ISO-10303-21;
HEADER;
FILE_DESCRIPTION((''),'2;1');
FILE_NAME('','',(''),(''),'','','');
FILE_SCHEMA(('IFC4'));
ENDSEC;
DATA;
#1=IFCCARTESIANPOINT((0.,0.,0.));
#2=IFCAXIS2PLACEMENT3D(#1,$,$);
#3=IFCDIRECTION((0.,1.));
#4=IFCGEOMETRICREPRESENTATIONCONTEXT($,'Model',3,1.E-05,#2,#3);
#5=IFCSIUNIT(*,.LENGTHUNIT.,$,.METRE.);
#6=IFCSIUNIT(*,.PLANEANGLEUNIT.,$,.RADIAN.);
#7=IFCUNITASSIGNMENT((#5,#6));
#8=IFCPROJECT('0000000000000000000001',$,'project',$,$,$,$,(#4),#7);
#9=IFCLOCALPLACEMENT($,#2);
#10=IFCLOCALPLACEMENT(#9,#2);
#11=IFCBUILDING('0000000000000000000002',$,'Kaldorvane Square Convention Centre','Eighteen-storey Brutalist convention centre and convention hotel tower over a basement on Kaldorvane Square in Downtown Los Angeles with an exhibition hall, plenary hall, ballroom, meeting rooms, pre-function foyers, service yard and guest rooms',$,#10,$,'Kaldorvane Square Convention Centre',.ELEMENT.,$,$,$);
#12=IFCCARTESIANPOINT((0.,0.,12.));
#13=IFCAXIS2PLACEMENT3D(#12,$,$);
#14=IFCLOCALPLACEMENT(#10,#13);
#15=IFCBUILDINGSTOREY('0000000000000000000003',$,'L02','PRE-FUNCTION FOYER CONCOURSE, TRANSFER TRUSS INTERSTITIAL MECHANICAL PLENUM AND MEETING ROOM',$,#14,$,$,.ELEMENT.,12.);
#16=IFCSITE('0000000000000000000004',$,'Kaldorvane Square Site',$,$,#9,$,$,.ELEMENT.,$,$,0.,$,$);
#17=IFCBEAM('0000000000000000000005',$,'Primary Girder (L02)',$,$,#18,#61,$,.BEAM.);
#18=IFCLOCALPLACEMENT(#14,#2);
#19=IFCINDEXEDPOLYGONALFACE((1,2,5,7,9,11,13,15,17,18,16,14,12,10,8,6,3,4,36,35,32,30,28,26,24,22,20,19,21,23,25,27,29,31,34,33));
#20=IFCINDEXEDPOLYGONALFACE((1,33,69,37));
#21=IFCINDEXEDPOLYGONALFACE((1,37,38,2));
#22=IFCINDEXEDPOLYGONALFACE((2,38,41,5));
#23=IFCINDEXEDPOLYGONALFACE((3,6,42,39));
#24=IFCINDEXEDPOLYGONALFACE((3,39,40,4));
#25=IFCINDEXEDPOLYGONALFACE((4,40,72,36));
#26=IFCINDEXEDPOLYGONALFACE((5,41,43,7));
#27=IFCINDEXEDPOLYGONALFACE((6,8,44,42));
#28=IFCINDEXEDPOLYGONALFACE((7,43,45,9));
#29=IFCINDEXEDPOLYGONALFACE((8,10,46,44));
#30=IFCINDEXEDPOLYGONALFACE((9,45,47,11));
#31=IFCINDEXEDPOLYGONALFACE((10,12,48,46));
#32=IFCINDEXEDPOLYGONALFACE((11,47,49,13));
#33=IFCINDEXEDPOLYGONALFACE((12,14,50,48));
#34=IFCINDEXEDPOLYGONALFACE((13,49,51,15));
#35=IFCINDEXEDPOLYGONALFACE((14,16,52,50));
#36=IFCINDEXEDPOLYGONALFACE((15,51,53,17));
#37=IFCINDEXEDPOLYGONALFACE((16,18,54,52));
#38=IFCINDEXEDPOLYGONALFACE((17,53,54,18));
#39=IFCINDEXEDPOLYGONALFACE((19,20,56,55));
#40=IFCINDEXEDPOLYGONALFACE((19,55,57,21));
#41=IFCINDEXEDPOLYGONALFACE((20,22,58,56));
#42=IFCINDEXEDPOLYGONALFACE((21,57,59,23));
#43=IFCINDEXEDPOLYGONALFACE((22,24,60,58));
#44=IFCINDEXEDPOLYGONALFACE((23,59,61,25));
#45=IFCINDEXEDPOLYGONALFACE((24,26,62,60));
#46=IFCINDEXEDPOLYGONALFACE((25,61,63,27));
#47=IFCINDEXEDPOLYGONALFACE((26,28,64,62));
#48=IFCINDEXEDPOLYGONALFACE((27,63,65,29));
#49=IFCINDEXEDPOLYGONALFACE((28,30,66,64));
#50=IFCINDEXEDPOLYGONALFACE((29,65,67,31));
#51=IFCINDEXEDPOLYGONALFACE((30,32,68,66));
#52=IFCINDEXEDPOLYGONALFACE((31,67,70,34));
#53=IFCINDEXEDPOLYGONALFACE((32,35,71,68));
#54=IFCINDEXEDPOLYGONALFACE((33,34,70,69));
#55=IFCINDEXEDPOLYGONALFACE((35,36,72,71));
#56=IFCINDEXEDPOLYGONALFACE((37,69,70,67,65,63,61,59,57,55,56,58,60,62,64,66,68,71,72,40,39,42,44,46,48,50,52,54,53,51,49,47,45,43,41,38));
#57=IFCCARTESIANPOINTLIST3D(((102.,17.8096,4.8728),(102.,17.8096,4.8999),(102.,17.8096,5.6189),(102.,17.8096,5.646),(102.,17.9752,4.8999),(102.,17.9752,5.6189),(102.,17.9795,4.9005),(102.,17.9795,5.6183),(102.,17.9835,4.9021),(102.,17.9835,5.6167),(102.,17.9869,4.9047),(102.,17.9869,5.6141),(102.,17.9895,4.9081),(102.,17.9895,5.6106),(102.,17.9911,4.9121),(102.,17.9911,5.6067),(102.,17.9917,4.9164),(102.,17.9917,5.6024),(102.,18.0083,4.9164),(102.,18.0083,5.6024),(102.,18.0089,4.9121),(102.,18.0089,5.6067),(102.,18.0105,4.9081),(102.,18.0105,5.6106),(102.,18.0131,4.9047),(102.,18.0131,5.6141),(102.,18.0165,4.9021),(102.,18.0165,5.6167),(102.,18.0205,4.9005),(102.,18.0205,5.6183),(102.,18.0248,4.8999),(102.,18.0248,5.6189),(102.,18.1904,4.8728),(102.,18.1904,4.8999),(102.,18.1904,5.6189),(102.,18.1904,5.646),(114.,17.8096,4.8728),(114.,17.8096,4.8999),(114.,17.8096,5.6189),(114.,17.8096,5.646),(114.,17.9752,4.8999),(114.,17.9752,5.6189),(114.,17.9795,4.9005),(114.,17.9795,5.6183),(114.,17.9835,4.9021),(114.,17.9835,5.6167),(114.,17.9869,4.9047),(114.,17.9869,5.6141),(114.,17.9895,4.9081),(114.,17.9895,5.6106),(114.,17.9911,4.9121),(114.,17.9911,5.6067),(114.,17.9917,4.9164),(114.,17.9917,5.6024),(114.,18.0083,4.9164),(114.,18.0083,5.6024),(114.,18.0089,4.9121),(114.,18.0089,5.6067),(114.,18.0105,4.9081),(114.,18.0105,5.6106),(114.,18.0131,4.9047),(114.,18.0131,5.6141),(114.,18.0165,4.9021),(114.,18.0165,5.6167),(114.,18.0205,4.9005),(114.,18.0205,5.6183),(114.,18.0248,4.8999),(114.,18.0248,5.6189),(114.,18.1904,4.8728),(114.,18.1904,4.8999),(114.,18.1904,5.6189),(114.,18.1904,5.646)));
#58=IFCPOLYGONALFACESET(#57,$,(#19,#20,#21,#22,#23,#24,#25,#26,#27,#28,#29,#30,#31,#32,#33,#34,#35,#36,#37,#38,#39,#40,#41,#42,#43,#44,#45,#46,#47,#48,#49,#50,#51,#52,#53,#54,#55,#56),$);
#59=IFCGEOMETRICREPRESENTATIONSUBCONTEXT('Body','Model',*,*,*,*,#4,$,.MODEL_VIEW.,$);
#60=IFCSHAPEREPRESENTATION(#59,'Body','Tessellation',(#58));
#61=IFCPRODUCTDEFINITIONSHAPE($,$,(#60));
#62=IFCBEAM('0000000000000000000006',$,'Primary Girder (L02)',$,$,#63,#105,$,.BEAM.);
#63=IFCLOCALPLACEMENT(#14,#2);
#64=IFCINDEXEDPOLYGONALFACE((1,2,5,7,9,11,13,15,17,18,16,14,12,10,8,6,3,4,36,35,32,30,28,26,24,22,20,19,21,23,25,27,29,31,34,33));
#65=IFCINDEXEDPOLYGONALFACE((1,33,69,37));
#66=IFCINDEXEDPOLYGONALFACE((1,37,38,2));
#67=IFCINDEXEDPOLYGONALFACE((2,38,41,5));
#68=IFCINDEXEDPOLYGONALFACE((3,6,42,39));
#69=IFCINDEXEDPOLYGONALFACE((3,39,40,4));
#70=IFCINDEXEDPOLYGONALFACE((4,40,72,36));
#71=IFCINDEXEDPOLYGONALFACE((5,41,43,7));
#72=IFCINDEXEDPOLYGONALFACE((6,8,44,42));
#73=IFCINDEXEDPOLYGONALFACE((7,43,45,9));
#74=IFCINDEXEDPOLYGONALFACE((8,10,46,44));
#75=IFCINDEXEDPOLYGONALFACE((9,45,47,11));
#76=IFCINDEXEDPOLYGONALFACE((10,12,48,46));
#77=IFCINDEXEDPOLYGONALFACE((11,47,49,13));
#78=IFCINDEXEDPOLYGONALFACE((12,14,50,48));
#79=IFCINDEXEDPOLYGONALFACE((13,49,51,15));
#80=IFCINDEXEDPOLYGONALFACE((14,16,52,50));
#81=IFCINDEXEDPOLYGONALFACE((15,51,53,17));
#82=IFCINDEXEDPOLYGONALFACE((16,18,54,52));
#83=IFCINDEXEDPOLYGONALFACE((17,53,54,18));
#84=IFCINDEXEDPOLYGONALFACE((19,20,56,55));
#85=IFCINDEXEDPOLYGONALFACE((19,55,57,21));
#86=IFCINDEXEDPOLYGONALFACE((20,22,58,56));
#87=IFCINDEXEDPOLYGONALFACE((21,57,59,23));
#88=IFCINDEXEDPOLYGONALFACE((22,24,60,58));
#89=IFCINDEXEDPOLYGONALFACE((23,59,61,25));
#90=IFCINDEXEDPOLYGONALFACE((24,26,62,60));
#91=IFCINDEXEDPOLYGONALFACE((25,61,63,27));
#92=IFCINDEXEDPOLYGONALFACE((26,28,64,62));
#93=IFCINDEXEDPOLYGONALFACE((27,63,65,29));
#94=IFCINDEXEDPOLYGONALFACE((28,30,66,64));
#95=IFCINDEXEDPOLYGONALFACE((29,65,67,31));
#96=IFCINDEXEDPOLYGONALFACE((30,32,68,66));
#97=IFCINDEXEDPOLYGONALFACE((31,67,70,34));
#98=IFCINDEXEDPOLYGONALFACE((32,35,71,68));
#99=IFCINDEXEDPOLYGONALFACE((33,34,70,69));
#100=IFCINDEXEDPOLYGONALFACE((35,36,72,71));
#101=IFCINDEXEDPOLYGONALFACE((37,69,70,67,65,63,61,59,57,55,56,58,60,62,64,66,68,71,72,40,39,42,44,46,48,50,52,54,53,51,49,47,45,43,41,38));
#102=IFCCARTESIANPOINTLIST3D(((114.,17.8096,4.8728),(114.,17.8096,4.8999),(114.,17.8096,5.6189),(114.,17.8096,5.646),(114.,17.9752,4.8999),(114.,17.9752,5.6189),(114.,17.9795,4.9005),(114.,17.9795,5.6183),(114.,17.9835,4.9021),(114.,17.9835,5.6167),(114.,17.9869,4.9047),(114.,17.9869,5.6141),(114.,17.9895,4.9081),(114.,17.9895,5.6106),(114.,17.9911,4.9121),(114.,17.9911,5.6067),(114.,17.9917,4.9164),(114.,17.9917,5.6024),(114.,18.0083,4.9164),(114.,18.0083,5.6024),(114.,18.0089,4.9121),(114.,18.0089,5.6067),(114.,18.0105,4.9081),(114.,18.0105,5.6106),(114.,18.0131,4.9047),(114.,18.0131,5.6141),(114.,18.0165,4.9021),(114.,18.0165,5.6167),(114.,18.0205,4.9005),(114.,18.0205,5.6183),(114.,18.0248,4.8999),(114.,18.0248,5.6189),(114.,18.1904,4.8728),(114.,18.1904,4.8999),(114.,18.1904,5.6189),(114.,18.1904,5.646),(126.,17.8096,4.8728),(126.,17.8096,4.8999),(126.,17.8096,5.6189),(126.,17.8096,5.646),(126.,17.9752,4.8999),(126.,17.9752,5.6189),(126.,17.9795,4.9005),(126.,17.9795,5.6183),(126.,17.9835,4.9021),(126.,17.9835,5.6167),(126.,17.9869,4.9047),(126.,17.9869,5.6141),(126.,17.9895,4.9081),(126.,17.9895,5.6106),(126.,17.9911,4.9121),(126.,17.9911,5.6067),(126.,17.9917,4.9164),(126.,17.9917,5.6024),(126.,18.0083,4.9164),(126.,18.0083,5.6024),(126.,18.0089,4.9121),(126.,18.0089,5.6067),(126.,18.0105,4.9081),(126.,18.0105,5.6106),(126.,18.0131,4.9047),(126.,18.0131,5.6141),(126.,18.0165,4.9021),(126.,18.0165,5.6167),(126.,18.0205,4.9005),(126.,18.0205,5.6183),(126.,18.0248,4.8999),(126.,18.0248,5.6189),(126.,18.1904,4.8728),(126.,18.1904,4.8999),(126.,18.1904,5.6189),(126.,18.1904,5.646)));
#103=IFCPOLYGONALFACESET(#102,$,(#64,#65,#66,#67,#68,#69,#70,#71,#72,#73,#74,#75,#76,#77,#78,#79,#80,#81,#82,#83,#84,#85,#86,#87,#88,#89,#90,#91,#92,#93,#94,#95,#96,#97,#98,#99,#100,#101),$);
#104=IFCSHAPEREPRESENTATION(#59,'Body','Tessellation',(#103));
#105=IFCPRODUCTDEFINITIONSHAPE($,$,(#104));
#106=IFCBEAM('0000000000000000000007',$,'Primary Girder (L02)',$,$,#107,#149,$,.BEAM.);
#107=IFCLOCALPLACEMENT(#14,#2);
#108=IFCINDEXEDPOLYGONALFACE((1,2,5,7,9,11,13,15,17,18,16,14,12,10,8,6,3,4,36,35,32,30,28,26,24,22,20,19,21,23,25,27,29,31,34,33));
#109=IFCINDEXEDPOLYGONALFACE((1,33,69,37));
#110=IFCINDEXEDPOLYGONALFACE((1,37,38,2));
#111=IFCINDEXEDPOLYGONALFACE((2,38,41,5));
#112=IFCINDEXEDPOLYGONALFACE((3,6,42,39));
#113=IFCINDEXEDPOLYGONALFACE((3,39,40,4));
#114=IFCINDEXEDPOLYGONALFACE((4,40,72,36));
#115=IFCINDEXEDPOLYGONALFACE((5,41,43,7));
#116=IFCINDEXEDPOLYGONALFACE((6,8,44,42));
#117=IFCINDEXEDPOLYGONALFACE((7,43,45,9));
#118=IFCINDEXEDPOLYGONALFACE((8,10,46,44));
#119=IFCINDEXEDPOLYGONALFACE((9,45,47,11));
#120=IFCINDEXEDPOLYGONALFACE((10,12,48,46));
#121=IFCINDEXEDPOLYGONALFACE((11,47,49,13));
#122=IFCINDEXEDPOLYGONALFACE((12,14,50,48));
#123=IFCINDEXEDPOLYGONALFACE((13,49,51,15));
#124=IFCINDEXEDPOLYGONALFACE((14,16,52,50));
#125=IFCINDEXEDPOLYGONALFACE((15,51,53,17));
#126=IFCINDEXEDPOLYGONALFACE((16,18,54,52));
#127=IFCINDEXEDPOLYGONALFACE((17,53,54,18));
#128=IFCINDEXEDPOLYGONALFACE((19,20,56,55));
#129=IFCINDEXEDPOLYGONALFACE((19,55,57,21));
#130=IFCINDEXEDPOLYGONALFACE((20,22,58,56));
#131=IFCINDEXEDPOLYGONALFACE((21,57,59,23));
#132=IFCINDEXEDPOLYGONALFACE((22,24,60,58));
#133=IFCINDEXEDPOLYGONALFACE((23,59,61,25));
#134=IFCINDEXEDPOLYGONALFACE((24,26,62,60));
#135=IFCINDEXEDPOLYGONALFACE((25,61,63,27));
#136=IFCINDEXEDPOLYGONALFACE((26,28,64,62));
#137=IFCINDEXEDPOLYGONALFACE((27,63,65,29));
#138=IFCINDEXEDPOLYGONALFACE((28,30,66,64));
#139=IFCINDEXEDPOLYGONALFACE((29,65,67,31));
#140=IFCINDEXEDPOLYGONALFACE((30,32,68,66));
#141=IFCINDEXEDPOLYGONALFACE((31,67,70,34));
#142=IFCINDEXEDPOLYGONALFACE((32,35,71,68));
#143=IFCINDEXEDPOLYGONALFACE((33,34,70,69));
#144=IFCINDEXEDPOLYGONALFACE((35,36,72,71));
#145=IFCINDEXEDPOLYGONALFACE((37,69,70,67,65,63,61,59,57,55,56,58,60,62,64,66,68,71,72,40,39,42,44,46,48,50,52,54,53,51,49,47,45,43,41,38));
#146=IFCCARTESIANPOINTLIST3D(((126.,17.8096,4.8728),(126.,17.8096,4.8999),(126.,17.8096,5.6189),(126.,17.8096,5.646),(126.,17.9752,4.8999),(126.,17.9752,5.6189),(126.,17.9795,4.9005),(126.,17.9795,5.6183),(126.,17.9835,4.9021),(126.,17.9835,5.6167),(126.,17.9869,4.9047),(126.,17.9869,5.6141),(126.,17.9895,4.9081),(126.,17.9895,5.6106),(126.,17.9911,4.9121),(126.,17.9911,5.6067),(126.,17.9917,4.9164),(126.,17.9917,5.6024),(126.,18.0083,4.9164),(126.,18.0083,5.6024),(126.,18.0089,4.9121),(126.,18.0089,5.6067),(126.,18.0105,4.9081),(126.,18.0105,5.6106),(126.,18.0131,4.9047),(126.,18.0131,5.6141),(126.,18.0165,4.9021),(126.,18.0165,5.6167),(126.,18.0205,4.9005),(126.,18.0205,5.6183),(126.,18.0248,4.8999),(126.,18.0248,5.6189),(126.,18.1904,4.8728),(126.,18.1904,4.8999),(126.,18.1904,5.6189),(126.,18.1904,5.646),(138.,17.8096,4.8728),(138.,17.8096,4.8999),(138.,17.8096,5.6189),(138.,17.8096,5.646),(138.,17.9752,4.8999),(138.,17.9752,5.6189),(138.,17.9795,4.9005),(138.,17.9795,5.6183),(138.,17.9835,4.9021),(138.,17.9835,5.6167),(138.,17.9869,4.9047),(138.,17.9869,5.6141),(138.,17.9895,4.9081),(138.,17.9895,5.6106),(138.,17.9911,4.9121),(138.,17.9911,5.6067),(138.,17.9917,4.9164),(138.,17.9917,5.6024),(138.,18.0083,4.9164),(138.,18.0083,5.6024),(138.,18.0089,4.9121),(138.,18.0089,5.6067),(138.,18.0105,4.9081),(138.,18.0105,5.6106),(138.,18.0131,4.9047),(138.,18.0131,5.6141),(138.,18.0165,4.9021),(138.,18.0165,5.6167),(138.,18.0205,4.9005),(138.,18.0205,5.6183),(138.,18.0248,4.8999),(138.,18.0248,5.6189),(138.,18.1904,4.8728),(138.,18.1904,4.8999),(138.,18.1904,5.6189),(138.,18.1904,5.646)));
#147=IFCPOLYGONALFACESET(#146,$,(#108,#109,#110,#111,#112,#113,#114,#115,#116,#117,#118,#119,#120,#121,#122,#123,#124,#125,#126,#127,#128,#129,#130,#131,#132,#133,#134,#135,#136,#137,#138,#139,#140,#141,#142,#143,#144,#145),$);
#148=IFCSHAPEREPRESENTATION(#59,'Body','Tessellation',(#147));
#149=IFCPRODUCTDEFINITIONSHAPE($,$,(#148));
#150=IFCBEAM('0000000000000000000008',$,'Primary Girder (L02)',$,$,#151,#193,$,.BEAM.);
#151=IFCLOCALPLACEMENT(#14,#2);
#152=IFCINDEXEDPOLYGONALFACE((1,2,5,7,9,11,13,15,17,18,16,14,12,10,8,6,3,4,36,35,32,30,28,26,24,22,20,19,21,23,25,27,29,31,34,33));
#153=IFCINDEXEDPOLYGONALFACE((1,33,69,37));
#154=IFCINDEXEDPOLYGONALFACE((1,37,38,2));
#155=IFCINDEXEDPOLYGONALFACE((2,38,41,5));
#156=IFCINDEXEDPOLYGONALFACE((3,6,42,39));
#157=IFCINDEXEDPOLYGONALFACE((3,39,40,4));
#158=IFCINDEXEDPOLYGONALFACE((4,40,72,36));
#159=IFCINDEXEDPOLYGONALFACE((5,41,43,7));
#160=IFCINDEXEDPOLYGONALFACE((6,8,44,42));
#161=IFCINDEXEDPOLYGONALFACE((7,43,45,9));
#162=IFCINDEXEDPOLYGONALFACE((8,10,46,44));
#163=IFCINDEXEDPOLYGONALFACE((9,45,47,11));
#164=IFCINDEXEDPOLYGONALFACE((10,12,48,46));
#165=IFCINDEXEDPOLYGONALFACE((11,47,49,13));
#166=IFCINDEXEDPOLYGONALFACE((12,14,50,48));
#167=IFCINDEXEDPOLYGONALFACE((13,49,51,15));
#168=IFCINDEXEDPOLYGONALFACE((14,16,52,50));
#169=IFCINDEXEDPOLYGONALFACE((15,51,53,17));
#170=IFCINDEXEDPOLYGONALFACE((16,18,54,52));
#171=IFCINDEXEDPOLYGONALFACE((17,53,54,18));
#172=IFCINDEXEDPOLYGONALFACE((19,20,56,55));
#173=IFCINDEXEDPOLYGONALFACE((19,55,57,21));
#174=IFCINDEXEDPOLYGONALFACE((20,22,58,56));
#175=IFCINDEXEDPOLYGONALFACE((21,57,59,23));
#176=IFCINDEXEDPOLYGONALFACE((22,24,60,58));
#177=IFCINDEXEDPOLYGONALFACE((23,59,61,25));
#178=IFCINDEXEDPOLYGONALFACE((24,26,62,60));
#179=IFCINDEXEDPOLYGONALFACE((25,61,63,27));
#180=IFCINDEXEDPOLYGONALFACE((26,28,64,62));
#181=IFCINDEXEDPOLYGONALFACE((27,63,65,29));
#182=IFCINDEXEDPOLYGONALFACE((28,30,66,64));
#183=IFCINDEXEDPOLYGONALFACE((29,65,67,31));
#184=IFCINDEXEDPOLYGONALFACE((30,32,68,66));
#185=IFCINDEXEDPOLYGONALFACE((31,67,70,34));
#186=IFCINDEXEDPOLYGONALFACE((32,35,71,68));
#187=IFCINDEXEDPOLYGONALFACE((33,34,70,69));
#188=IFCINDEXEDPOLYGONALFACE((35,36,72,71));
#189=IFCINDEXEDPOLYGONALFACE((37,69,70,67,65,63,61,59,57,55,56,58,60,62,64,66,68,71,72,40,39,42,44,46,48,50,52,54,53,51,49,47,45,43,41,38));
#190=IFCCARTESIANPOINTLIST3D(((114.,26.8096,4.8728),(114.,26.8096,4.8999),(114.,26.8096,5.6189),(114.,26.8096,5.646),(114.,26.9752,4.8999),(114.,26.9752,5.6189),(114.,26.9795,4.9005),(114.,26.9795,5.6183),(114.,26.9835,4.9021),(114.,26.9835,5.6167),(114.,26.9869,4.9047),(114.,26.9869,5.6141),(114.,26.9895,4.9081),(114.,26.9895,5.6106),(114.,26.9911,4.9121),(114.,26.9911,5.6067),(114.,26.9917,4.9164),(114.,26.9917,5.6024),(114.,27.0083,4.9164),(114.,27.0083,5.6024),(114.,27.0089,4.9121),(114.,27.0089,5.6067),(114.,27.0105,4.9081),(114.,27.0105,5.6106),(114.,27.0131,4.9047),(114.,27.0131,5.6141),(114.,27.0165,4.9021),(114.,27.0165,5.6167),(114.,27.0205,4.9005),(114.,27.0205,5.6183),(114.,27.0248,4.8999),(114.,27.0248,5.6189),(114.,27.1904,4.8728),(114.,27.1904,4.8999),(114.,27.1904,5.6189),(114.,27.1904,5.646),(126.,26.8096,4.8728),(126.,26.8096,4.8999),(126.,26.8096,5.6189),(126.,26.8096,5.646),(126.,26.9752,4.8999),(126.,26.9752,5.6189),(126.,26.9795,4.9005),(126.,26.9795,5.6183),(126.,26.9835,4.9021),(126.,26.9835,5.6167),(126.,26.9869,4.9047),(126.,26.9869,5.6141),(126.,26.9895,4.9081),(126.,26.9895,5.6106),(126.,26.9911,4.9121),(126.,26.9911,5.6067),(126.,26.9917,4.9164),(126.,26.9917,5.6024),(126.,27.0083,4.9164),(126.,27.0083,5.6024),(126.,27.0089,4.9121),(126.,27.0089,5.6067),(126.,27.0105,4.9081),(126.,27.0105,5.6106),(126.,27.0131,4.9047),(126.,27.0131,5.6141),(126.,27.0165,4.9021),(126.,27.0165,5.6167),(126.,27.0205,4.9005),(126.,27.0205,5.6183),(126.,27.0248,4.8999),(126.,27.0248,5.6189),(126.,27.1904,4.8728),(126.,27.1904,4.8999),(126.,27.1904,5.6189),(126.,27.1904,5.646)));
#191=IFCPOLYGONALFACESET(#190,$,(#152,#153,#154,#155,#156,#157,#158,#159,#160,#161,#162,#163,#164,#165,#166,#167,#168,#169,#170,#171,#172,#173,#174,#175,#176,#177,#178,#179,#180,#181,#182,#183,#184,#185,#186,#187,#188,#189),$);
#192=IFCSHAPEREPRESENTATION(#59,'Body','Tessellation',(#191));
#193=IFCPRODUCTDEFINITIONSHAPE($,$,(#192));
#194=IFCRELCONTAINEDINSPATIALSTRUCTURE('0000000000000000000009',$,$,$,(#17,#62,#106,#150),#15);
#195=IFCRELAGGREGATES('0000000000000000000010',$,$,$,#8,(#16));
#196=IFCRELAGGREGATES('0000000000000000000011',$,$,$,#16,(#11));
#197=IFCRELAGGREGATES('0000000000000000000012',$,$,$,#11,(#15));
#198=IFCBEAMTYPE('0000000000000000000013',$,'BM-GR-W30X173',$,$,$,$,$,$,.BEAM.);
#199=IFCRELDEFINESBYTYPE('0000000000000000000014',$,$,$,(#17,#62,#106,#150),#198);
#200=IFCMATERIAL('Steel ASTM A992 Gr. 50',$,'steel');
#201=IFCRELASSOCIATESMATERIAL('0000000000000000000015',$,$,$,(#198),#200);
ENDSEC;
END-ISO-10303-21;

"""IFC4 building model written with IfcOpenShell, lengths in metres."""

from ifc_helpers import new_model, si_unit, direction, frame, origin, origin_2d, place, context, subcontext, project, spatial, i_section, extrude, material, material_profile, profile_set, type_object, element, save


model = new_model("IFC4")

# Units and contexts
model_context = context("Model", 3, precision=1e-05, world=origin(), true_north=direction((0.0, 1.0)))
body_context = subcontext(model_context, "Body", "Model", "MODEL_VIEW")
ifc_project = project(units=[si_unit("LENGTHUNIT", "METRE"), si_unit("PLANEANGLEUNIT", "RADIAN")], contexts=[model_context])

# Site, building, storey
site_placement = place(None, origin())
site = spatial("IfcSite", under=ifc_project, at=site_placement, Name="Kaldorvane Square Site", CompositionType="ELEMENT", RefElevation=0.0)
building_placement = place(site_placement, origin())
building = spatial("IfcBuilding", under=site, at=building_placement, Name="Kaldorvane Square Convention Centre", Description="Eighteen-storey Brutalist convention centre and convention hotel tower over a basement on Kaldorvane Square in Downtown Los Angeles with an exhibition hall, plenary hall, ballroom, meeting rooms, pre-function foyers, service yard and guest rooms", LongName="Kaldorvane Square Convention Centre", CompositionType="ELEMENT")
storey_placement = place(building_placement, frame((0.0, 0.0, 12.0)))
storey = spatial("IfcBuildingStorey", under=building, at=storey_placement, Name="L02", Description="PRE-FUNCTION FOYER CONCOURSE, TRANSFER TRUSS INTERSTITIAL MECHANICAL PLENUM AND MEETING ROOM", CompositionType="ELEMENT", Elevation=12.0)

# Shared definitions
ifc_material_1 = material(Name="Steel ASTM A992 Gr. 50", Category="steel")

# Beams
ifc_material_profile_1 = material_profile(ifc_material_1, i_section(OverallWidth=0.3807, OverallDepth=0.7732, WebThickness=0.0166, FlangeThickness=0.0271, FilletRadius=0.0165, at=origin_2d()), Name="W30X173")
ifc_profile_set_1 = profile_set([ifc_material_profile_1], Name="Steel ASTM A992 Gr. 50")
beam_type_1 = type_object("IfcBeamType", Name="BM-GR-W30X173", PredefinedType="BEAM", material=ifc_profile_set_1)
for number, where, z_axis, x_axis, name in (
    (1, (102.0, 18.0, 5.2594), (1.0, 0.0, 0.0), (0.0, 1.0, 0.0), "Primary Girder (L02)"),
    (2, (114.0, 18.0, 5.2594), (1.0, 0.0, 0.0), (0.0, 1.0, 0.0), "Primary Girder (L02)"),
    (3, (126.0, 18.0, 5.2594), (1.0, 0.0, 0.0), (0.0, 1.0, 0.0), "Primary Girder (L02)"),
    (4, (114.0, 27.0, 5.2594), (1.0, 0.0, 0.0), (0.0, 1.0, 0.0), "Primary Girder (L02)"),
):
    element("IfcBeam", number, at=place(storey_placement, frame(where, z_axis=z_axis, x_axis=x_axis)), inside=storey, type_object=beam_type_1, Name=name, PredefinedType="BEAM", context=body_context, shape_type="SweptSolid", body=[
        extrude(i_section(OverallWidth=0.3807, OverallDepth=0.7732, WebThickness=0.0166, FlangeThickness=0.0271, FilletRadius=0.0165, at=origin_2d()), origin(), (0.0, 0.0, 1.0), 12.0),
    ])

save(model, "model.ifc")
